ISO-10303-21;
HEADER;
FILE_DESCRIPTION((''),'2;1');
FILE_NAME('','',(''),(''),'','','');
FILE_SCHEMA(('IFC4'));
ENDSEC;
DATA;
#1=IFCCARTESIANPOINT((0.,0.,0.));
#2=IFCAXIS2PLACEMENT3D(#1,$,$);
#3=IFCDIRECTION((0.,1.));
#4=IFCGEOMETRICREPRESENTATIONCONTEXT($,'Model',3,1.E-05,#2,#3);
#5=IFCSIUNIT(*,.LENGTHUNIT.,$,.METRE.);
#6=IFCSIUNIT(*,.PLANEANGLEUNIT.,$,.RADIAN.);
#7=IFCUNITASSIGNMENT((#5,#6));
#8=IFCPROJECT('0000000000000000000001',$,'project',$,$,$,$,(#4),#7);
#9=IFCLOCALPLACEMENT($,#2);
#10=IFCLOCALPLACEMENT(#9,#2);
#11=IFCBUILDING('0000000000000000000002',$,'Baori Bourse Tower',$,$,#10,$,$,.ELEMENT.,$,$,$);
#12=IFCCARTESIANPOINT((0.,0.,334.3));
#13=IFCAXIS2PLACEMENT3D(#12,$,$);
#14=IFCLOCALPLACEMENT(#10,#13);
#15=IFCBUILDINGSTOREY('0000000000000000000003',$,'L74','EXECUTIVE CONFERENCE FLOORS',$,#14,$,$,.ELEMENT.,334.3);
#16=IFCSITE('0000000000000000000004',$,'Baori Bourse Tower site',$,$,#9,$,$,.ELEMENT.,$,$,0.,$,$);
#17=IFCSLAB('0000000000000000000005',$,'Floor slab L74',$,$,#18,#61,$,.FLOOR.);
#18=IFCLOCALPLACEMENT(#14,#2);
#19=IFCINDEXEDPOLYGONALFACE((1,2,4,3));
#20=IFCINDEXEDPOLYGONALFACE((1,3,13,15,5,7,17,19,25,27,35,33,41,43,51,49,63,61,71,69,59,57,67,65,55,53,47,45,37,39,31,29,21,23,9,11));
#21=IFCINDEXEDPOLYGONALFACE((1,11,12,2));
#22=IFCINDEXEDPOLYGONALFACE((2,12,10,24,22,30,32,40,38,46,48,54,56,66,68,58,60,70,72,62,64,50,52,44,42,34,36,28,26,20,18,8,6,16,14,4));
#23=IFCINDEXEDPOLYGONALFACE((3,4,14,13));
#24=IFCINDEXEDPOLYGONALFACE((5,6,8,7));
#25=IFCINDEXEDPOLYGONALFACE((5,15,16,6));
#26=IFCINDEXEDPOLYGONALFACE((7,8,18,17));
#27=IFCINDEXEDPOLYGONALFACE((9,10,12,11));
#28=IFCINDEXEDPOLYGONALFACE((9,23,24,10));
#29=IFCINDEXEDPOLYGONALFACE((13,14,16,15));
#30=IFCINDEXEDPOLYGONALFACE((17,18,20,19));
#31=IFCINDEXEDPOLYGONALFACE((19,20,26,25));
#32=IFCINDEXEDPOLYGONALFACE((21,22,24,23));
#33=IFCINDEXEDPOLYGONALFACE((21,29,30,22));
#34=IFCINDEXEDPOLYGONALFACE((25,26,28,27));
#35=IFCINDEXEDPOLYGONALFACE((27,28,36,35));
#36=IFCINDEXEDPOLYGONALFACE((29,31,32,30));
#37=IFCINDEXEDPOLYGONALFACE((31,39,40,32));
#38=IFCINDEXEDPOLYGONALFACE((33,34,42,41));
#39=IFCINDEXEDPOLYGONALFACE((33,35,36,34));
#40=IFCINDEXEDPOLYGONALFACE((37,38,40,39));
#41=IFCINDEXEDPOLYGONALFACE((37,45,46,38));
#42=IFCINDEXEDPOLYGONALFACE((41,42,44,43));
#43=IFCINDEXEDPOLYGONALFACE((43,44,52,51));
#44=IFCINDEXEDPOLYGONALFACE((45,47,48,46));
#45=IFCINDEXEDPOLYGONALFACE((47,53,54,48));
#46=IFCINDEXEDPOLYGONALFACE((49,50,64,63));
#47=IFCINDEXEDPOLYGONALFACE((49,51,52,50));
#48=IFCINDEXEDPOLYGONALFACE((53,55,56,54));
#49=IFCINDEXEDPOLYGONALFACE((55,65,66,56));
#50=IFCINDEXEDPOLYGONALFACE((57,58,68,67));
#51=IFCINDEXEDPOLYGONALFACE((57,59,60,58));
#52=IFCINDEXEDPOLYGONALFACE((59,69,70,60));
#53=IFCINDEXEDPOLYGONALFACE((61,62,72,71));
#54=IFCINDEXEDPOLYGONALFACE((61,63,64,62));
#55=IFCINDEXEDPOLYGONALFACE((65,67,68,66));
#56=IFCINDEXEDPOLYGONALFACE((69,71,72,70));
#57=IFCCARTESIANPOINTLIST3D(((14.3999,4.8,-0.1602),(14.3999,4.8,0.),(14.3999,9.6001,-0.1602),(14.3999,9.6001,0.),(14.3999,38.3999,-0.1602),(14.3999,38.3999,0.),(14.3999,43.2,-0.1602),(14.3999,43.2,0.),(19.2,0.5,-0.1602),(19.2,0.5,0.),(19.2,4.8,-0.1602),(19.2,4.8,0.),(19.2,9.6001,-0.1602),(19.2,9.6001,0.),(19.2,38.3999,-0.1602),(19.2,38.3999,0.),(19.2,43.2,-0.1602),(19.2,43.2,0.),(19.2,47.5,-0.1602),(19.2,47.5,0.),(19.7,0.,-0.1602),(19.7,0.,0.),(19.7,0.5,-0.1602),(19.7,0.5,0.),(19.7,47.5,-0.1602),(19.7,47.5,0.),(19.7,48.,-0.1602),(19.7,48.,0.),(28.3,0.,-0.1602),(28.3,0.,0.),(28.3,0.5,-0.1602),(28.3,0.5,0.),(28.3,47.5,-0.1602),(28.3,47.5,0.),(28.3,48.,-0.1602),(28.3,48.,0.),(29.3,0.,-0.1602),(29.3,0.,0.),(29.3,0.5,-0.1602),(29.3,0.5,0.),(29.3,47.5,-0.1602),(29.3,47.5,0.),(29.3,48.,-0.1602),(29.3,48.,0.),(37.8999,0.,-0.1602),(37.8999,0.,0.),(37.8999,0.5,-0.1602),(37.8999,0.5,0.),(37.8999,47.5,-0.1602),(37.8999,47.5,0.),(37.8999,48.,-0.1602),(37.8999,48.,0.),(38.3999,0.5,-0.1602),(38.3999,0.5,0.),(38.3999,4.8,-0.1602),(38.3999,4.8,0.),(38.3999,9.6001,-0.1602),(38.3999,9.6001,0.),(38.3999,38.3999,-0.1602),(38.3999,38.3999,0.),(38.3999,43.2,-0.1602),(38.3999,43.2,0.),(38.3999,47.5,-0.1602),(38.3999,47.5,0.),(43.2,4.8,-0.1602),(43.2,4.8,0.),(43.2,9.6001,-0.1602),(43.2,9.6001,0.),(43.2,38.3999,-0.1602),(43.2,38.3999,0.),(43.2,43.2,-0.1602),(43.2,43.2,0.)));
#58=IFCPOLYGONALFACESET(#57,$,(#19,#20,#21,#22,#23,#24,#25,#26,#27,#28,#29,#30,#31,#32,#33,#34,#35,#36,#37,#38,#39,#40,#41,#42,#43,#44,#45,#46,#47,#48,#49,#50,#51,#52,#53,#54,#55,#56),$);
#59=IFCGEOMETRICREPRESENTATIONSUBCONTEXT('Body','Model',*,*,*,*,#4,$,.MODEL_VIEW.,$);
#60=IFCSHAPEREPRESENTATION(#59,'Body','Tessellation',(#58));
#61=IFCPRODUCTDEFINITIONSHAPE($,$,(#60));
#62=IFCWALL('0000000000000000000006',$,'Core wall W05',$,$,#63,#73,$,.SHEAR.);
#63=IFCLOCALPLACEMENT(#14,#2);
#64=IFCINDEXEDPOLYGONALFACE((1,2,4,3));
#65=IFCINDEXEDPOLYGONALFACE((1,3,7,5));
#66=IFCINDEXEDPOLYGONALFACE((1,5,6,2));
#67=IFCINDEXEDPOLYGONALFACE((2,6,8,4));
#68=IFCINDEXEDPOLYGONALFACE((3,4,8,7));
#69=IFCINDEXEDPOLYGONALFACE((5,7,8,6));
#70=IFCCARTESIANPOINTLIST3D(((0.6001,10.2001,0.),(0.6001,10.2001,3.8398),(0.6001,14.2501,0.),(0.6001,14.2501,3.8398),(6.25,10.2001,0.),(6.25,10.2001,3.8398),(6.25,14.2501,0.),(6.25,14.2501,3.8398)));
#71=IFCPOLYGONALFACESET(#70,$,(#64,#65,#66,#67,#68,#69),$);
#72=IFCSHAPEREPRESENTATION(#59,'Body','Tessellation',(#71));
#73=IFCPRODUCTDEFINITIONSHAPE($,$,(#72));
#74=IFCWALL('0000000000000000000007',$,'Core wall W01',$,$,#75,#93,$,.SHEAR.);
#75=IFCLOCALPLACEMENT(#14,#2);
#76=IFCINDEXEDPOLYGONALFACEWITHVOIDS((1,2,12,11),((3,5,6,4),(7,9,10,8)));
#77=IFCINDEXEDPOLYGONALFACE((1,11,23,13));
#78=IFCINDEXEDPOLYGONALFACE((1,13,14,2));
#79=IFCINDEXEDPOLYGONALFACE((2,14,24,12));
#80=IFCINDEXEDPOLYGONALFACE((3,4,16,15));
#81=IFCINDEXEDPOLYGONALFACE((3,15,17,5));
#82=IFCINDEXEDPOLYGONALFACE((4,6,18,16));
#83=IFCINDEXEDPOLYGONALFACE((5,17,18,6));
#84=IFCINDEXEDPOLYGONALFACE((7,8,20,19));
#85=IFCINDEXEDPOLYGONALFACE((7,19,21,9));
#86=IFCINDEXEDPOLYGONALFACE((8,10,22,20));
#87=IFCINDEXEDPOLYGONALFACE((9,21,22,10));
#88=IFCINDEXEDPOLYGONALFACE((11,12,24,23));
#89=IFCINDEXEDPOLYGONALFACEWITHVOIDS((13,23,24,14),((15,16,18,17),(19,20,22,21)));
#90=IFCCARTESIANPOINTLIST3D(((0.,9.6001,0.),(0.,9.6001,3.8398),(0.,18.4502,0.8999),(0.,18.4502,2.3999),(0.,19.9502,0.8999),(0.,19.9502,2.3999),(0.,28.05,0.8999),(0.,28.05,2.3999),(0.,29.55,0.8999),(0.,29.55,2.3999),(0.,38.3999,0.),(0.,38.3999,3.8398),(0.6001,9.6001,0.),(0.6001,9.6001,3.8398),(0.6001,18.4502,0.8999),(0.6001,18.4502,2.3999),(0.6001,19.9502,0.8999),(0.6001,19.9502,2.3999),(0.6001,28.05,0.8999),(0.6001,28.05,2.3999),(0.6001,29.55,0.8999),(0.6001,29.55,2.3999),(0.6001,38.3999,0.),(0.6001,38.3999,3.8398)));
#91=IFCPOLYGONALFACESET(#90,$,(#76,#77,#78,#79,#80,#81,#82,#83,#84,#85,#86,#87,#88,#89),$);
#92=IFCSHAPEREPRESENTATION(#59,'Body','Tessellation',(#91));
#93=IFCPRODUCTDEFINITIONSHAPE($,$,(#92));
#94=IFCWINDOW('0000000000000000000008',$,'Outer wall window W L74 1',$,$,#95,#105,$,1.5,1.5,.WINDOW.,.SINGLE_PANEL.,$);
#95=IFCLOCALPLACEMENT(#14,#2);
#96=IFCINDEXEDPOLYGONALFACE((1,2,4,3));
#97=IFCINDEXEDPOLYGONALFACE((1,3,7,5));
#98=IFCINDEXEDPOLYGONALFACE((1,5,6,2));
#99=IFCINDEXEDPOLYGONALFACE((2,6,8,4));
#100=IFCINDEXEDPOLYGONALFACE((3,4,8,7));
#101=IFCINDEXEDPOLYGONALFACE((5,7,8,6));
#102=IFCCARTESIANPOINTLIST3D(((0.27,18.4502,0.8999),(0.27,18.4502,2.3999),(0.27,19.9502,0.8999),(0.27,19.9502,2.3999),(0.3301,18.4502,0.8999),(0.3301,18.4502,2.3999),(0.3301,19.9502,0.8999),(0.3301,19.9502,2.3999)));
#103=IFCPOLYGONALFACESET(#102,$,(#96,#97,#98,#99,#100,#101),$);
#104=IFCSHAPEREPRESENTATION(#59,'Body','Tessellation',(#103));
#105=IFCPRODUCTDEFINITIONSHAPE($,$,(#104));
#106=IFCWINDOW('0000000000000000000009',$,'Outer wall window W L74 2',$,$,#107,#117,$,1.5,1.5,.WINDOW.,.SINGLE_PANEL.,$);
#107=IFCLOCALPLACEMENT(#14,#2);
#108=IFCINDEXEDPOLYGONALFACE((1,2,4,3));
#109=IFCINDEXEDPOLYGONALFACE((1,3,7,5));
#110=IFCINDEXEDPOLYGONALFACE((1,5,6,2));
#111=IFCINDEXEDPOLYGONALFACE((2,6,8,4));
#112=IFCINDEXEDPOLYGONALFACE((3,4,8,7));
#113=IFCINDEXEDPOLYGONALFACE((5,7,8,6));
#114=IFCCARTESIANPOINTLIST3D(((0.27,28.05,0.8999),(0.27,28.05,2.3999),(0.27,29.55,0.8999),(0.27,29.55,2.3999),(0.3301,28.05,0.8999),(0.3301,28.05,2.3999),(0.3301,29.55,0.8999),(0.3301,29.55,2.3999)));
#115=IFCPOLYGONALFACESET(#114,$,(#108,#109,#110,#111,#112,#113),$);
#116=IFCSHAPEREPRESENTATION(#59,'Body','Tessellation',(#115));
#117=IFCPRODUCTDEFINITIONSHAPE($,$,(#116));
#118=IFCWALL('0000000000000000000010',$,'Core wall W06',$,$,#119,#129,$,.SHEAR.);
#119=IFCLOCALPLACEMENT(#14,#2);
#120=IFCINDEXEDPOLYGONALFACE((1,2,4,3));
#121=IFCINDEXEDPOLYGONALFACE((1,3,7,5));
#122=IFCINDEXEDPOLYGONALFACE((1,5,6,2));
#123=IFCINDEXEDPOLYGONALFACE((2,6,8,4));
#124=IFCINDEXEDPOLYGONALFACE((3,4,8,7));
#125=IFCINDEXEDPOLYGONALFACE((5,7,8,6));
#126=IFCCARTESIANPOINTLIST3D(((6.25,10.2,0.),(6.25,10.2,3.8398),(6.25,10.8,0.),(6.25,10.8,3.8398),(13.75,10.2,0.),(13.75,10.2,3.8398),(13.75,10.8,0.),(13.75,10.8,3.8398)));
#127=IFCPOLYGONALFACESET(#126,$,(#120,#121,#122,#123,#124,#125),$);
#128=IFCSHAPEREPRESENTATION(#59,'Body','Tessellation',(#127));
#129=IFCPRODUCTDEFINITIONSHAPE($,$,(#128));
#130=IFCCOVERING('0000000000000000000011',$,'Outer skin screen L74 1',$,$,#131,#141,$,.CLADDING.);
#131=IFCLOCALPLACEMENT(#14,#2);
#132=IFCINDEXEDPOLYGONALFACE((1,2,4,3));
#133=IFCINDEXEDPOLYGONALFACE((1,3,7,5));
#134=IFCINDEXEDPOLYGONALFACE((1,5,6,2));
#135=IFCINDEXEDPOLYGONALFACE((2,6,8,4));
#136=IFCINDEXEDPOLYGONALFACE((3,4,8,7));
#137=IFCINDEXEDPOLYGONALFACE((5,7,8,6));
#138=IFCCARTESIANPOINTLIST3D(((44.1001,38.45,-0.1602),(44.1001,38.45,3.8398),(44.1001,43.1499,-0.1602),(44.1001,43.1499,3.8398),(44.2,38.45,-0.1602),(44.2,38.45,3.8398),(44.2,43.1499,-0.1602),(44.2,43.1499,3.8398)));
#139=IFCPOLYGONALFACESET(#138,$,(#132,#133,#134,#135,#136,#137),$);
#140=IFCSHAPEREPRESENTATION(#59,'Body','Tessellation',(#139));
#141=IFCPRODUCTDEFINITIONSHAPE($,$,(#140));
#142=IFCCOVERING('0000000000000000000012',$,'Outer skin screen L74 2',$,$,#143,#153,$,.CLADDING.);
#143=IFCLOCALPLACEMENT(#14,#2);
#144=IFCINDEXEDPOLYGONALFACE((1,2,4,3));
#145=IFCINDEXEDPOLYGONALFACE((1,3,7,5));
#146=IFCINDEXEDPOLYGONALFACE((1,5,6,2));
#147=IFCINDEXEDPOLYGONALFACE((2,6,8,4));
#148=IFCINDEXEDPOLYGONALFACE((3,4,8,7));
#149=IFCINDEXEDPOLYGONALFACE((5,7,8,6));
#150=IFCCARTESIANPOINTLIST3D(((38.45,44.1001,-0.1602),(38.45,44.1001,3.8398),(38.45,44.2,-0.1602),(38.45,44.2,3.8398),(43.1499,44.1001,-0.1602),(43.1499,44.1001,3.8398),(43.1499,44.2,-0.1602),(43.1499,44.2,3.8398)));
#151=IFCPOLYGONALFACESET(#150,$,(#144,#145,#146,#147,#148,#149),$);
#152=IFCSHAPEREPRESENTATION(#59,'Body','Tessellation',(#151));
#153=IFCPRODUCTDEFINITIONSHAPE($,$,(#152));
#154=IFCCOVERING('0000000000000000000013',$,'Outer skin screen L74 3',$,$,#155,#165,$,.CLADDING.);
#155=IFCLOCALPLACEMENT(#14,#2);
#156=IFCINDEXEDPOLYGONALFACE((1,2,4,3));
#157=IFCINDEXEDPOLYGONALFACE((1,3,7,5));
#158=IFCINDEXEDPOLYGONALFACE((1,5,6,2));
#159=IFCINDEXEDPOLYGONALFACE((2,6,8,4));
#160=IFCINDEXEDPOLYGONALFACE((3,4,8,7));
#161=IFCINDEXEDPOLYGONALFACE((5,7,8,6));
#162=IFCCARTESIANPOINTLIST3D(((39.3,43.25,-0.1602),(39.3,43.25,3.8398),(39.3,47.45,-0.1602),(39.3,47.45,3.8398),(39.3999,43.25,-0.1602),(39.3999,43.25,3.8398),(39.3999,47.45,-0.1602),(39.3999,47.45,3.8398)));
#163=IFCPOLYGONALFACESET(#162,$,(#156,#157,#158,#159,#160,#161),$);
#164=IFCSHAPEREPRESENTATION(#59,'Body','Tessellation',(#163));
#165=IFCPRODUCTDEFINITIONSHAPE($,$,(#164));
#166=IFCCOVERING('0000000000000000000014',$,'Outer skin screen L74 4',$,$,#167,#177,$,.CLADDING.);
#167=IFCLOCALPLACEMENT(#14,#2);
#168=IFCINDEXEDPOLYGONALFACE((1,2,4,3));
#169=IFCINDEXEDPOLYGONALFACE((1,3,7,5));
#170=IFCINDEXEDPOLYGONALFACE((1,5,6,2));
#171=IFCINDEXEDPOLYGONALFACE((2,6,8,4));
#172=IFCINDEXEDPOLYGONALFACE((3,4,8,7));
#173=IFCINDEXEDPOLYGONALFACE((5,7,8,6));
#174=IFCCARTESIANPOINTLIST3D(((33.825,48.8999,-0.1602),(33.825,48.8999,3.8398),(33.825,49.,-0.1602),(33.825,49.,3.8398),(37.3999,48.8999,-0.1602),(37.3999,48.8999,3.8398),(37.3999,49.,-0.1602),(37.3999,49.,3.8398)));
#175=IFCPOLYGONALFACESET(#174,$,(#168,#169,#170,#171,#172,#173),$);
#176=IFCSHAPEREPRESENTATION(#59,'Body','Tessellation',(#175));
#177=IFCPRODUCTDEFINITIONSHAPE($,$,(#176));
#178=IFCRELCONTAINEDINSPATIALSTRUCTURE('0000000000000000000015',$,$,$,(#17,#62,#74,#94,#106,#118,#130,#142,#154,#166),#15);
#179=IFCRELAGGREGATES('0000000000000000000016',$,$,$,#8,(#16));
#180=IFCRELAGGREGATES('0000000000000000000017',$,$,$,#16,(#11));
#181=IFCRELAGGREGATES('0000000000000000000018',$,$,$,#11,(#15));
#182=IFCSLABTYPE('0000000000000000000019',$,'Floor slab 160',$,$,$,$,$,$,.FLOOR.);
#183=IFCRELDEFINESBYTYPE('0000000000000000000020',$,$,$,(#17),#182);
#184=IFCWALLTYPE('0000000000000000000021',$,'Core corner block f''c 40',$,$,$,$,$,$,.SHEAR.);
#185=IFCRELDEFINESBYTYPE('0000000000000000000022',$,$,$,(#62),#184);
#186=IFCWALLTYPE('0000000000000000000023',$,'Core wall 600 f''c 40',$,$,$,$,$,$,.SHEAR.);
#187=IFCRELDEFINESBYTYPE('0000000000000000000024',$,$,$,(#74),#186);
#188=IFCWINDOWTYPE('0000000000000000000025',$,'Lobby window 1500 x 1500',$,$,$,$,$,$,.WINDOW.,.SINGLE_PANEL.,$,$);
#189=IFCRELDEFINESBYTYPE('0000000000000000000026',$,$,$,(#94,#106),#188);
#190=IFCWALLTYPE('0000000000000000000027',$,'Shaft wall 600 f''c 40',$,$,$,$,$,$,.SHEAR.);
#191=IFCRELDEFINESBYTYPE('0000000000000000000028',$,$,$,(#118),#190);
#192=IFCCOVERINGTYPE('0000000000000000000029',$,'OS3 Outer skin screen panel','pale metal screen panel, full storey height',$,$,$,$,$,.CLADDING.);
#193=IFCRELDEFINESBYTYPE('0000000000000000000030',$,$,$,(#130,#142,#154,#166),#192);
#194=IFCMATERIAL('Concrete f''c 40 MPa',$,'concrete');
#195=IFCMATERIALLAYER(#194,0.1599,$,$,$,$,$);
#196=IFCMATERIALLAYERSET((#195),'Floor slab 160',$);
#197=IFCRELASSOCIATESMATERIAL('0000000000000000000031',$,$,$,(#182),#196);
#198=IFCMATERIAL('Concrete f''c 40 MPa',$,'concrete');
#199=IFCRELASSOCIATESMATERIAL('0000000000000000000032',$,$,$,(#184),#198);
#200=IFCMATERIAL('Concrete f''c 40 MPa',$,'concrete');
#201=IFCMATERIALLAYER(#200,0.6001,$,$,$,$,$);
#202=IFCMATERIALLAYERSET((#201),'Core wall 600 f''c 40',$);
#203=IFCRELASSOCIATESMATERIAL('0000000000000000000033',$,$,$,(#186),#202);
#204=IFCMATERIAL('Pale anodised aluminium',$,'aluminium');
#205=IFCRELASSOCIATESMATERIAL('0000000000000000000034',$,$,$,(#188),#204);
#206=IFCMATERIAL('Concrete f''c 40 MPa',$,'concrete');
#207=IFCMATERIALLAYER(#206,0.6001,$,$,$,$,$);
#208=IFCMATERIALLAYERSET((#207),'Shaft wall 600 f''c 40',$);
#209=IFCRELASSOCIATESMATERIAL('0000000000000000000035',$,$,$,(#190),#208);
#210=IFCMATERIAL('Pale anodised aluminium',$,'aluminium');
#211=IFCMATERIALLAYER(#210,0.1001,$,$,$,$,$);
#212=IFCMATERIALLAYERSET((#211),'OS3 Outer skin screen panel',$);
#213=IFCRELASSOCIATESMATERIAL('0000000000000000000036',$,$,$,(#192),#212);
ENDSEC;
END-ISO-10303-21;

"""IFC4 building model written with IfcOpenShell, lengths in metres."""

from ifc_helpers import new_model, si_unit, direction, frame, frame_2d, origin, place, context, subcontext, project, spatial, polyline, rectangle, outline, extrude, material, layer, layer_set, type_object, element, fill, save


model = new_model("IFC4")

# Units and contexts
model_context = context("Model", 3, precision=1e-05, world=origin(), true_north=direction((0.0, 1.0)))
body_context = subcontext(model_context, "Body", "Model", "MODEL_VIEW")
ifc_project = project(units=[si_unit("LENGTHUNIT", "METRE"), si_unit("PLANEANGLEUNIT", "RADIAN")], contexts=[model_context])

# Site, building, storey
site_placement = place(None, origin())
site = spatial("IfcSite", under=ifc_project, at=site_placement, Name="Baori Bourse Tower site", CompositionType="ELEMENT", RefElevation=0.0)
building_placement = place(site_placement, origin())
building = spatial("IfcBuilding", under=site, at=building_placement, Name="Baori Bourse Tower", CompositionType="ELEMENT")
storey_placement = place(building_placement, frame((0.0, 0.0, 334.3)))
storey = spatial("IfcBuildingStorey", under=building, at=storey_placement, Name="L74", Description="EXECUTIVE CONFERENCE FLOORS", CompositionType="ELEMENT", Elevation=334.3)

# Slab
ifc_material_1 = material(Name="Concrete f'c 40 MPa", Category="concrete")
ifc_layer_1 = layer(ifc_material_1, 0.1599)
ifc_layer_set_1 = layer_set([ifc_layer_1], Name="Floor slab 160")
slab_type_1 = type_object("IfcSlabType", Name="Floor slab 160", PredefinedType="FLOOR", material=ifc_layer_set_1)
slab_1_placement = place(storey_placement, frame((0.0, 0.0, -0.1602)))
element("IfcSlab", 1, at=slab_1_placement, inside=storey, type_object=slab_type_1, Name="Floor slab L74", PredefinedType="FLOOR", context=body_context, shape_type="SweptSolid", body=[
    extrude(outline(polyline([(19.2, 4.8), (14.3999, 4.8), (14.3999, 9.6001), (19.2, 9.6001), (19.2, 38.3999), (14.3999, 38.3999), (14.3999, 43.2), (19.2, 43.2), (19.2, 47.5), (19.7, 47.5), (19.7, 48.0), (28.3, 48.0), (28.3, 47.5), (29.3, 47.5), (29.3, 48.0), (37.8999, 48.0), (37.8999, 47.5), (38.3999, 47.5), (38.3999, 43.2), (43.2, 43.2), (43.2, 38.3999), (38.3999, 38.3999), (38.3999, 9.6001), (43.2, 9.6001), (43.2, 4.8), (38.3999, 4.8), (38.3999, 0.5), (37.8999, 0.5), (37.8999, 0.0), (29.3, 0.0), (29.3, 0.5), (28.3, 0.5), (28.3, 0.0), (19.7, 0.0), (19.7, 0.5), (19.2, 0.5), (19.2, 4.8)])), origin(), (0.0, 0.0, 1.0), 0.1602),
])

# Wall
ifc_material_2 = material(Name="Concrete f'c 40 MPa", Category="concrete")
wall_type_1 = type_object("IfcWallType", Name="Core corner block f'c 40", PredefinedType="SHEAR", material=ifc_material_2)
wall_1_placement = place(storey_placement, frame((0.6001, 12.2251, 0.0), z_axis=(0.0, 0.0, 1.0), x_axis=(1.0, 0.0, 0.0)))
element("IfcWall", 2, at=wall_1_placement, inside=storey, type_object=wall_type_1, Name="Core wall W05", PredefinedType="SHEAR", context=body_context, shape_type="SweptSolid", body=[
    extrude(rectangle(XDim=5.6499, YDim=4.05, at=frame_2d((2.825, 0.0))), origin(), (0.0, 0.0, 1.0), 3.8398),
])

# Wall, openings, windows
ifc_material_3 = material(Name="Concrete f'c 40 MPa", Category="concrete")
ifc_layer_2 = layer(ifc_material_3, 0.6001)
ifc_layer_set_2 = layer_set([ifc_layer_2], Name="Core wall 600 f'c 40")
wall_type_2 = type_object("IfcWallType", Name="Core wall 600 f'c 40", PredefinedType="SHEAR", material=ifc_layer_set_2)
wall_2_placement = place(storey_placement, frame((0.3, 9.6001, 0.0), z_axis=(0.0, 0.0, 1.0), x_axis=(0.0, 1.0, 0.0)))
wall_2 = element("IfcWall", 3, at=wall_2_placement, inside=storey, type_object=wall_type_2, Name="Core wall W01", PredefinedType="SHEAR", context=body_context, shape_type="SweptSolid", body=[
    extrude(rectangle(XDim=28.7998, YDim=0.6001, at=frame_2d((14.3999, 0.0))), origin(), (0.0, 0.0, 1.0), 3.8398),
])
opening_1_placement = place(wall_2_placement, frame((8.8501, 0.0, 0.8999)))
opening_1 = element("IfcOpeningElement", 4, at=opening_1_placement, cuts=wall_2, PredefinedType="OPENING", context=body_context, shape_type="SweptSolid", body=[
    extrude(rectangle(XDim=1.5, YDim=1.5, at=frame_2d((0.75, 0.75))), frame((0.0, 0.3101, 0.0), z_axis=(0.0, -1.0, 0.0), x_axis=(1.0, 0.0, 0.0)), (0.0, 0.0, 1.0), 0.6201),
])
opening_2_placement = place(wall_2_placement, frame((18.45, 0.0, 0.8999)))
opening_2 = element("IfcOpeningElement", 5, at=opening_2_placement, cuts=wall_2, PredefinedType="OPENING", context=body_context, shape_type="SweptSolid", body=[
    extrude(rectangle(XDim=1.5, YDim=1.5, at=frame_2d((0.75, 0.75))), frame((0.0, 0.3101, 0.0), z_axis=(0.0, -1.0, 0.0), x_axis=(1.0, 0.0, 0.0)), (0.0, 0.0, 1.0), 0.6201),
])
ifc_material_4 = material(Name="Pale anodised aluminium", Category="aluminium")
window_type = type_object("IfcWindowType", Name="Lobby window 1500 x 1500", PartitioningType="SINGLE_PANEL", PredefinedType="WINDOW", material=ifc_material_4)
window_1_placement = place(opening_1_placement, origin())
window_1 = element("IfcWindow", 6, at=window_1_placement, inside=storey, type_object=window_type, Name="Outer wall window W L74 1", OverallHeight=1.5, OverallWidth=1.5, PartitioningType="SINGLE_PANEL", PredefinedType="WINDOW", context=body_context, shape_type="SweptSolid", body=[
    extrude(rectangle(XDim=1.5, YDim=1.5, at=frame_2d((0.75, 0.75))), frame((0.0, 0.03, 0.0), z_axis=(0.0, -1.0, 0.0), x_axis=(1.0, 0.0, 0.0)), (0.0, 0.0, 1.0), 0.0601),
])
fill(opening_1, window_1)
window_2_placement = place(opening_2_placement, origin())
window_2 = element("IfcWindow", 7, at=window_2_placement, inside=storey, type_object=window_type, Name="Outer wall window W L74 2", OverallHeight=1.5, OverallWidth=1.5, PartitioningType="SINGLE_PANEL", PredefinedType="WINDOW", context=body_context, shape_type="SweptSolid", body=[
    extrude(rectangle(XDim=1.5, YDim=1.5, at=frame_2d((0.75, 0.75))), frame((0.0, 0.03, 0.0), z_axis=(0.0, -1.0, 0.0), x_axis=(1.0, 0.0, 0.0)), (0.0, 0.0, 1.0), 0.0601),
])
fill(opening_2, window_2)

# Wall
ifc_material_5 = material(Name="Concrete f'c 40 MPa", Category="concrete")
ifc_layer_3 = layer(ifc_material_5, 0.6001)
ifc_layer_set_3 = layer_set([ifc_layer_3], Name="Shaft wall 600 f'c 40")
wall_type_3 = type_object("IfcWallType", Name="Shaft wall 600 f'c 40", PredefinedType="SHEAR", material=ifc_layer_set_3)
wall_3_placement = place(storey_placement, frame((6.25, 10.5, 0.0), z_axis=(0.0, 0.0, 1.0), x_axis=(1.0, 0.0, 0.0)))
element("IfcWall", 8, at=wall_3_placement, inside=storey, type_object=wall_type_3, Name="Core wall W06", PredefinedType="SHEAR", context=body_context, shape_type="SweptSolid", body=[
    extrude(rectangle(XDim=7.5, YDim=0.6001, at=frame_2d((3.75, 0.0))), origin(), (0.0, 0.0, 1.0), 3.8398),
])

# Coverings
ifc_material_6 = material(Name="Pale anodised aluminium", Category="aluminium")
ifc_layer_4 = layer(ifc_material_6, 0.1001)
ifc_layer_set_4 = layer_set([ifc_layer_4], Name="OS3 Outer skin screen panel")
covering_type = type_object("IfcCoveringType", Name="OS3 Outer skin screen panel", Description="pale metal screen panel, full storey height", PredefinedType="CLADDING", material=ifc_layer_set_4)
covering_1_placement = place(storey_placement, frame((0.0, 0.0, -0.1602)))
element("IfcCovering", 9, at=covering_1_placement, inside=storey, type_object=covering_type, Name="Outer skin screen L74 1", PredefinedType="CLADDING", context=body_context, shape_type="SweptSolid", body=[
    extrude(outline(polyline([(44.1001, 43.1499), (44.1001, 38.45), (44.2, 38.45), (44.2, 43.1499), (44.1001, 43.1499)])), origin(), (0.0, 0.0, 1.0), 4.0),
])
covering_2_placement = place(storey_placement, frame((0.0, 0.0, -0.1602)))
element("IfcCovering", 10, at=covering_2_placement, inside=storey, type_object=covering_type, Name="Outer skin screen L74 2", PredefinedType="CLADDING", context=body_context, shape_type="SweptSolid", body=[
    extrude(outline(polyline([(38.45, 44.1001), (43.1499, 44.1001), (43.1499, 44.2), (38.45, 44.2), (38.45, 44.1001)])), origin(), (0.0, 0.0, 1.0), 4.0),
])
covering_3_placement = place(storey_placement, frame((0.0, 0.0, -0.1602)))
element("IfcCovering", 11, at=covering_3_placement, inside=storey, type_object=covering_type, Name="Outer skin screen L74 3", PredefinedType="CLADDING", context=body_context, shape_type="SweptSolid", body=[
    extrude(outline(polyline([(39.3, 47.45), (39.3, 43.25), (39.3999, 43.25), (39.3999, 47.45), (39.3, 47.45)])), origin(), (0.0, 0.0, 1.0), 4.0),
])
covering_4_placement = place(storey_placement, frame((0.0, 0.0, -0.1602)))
element("IfcCovering", 12, at=covering_4_placement, inside=storey, type_object=covering_type, Name="Outer skin screen L74 4", PredefinedType="CLADDING", context=body_context, shape_type="SweptSolid", body=[
    extrude(outline(polyline([(33.825, 48.8999), (37.3999, 48.8999), (37.3999, 49.0), (33.825, 49.0), (33.825, 48.8999)])), origin(), (0.0, 0.0, 1.0), 4.0),
])

save(model, "model.ifc")
